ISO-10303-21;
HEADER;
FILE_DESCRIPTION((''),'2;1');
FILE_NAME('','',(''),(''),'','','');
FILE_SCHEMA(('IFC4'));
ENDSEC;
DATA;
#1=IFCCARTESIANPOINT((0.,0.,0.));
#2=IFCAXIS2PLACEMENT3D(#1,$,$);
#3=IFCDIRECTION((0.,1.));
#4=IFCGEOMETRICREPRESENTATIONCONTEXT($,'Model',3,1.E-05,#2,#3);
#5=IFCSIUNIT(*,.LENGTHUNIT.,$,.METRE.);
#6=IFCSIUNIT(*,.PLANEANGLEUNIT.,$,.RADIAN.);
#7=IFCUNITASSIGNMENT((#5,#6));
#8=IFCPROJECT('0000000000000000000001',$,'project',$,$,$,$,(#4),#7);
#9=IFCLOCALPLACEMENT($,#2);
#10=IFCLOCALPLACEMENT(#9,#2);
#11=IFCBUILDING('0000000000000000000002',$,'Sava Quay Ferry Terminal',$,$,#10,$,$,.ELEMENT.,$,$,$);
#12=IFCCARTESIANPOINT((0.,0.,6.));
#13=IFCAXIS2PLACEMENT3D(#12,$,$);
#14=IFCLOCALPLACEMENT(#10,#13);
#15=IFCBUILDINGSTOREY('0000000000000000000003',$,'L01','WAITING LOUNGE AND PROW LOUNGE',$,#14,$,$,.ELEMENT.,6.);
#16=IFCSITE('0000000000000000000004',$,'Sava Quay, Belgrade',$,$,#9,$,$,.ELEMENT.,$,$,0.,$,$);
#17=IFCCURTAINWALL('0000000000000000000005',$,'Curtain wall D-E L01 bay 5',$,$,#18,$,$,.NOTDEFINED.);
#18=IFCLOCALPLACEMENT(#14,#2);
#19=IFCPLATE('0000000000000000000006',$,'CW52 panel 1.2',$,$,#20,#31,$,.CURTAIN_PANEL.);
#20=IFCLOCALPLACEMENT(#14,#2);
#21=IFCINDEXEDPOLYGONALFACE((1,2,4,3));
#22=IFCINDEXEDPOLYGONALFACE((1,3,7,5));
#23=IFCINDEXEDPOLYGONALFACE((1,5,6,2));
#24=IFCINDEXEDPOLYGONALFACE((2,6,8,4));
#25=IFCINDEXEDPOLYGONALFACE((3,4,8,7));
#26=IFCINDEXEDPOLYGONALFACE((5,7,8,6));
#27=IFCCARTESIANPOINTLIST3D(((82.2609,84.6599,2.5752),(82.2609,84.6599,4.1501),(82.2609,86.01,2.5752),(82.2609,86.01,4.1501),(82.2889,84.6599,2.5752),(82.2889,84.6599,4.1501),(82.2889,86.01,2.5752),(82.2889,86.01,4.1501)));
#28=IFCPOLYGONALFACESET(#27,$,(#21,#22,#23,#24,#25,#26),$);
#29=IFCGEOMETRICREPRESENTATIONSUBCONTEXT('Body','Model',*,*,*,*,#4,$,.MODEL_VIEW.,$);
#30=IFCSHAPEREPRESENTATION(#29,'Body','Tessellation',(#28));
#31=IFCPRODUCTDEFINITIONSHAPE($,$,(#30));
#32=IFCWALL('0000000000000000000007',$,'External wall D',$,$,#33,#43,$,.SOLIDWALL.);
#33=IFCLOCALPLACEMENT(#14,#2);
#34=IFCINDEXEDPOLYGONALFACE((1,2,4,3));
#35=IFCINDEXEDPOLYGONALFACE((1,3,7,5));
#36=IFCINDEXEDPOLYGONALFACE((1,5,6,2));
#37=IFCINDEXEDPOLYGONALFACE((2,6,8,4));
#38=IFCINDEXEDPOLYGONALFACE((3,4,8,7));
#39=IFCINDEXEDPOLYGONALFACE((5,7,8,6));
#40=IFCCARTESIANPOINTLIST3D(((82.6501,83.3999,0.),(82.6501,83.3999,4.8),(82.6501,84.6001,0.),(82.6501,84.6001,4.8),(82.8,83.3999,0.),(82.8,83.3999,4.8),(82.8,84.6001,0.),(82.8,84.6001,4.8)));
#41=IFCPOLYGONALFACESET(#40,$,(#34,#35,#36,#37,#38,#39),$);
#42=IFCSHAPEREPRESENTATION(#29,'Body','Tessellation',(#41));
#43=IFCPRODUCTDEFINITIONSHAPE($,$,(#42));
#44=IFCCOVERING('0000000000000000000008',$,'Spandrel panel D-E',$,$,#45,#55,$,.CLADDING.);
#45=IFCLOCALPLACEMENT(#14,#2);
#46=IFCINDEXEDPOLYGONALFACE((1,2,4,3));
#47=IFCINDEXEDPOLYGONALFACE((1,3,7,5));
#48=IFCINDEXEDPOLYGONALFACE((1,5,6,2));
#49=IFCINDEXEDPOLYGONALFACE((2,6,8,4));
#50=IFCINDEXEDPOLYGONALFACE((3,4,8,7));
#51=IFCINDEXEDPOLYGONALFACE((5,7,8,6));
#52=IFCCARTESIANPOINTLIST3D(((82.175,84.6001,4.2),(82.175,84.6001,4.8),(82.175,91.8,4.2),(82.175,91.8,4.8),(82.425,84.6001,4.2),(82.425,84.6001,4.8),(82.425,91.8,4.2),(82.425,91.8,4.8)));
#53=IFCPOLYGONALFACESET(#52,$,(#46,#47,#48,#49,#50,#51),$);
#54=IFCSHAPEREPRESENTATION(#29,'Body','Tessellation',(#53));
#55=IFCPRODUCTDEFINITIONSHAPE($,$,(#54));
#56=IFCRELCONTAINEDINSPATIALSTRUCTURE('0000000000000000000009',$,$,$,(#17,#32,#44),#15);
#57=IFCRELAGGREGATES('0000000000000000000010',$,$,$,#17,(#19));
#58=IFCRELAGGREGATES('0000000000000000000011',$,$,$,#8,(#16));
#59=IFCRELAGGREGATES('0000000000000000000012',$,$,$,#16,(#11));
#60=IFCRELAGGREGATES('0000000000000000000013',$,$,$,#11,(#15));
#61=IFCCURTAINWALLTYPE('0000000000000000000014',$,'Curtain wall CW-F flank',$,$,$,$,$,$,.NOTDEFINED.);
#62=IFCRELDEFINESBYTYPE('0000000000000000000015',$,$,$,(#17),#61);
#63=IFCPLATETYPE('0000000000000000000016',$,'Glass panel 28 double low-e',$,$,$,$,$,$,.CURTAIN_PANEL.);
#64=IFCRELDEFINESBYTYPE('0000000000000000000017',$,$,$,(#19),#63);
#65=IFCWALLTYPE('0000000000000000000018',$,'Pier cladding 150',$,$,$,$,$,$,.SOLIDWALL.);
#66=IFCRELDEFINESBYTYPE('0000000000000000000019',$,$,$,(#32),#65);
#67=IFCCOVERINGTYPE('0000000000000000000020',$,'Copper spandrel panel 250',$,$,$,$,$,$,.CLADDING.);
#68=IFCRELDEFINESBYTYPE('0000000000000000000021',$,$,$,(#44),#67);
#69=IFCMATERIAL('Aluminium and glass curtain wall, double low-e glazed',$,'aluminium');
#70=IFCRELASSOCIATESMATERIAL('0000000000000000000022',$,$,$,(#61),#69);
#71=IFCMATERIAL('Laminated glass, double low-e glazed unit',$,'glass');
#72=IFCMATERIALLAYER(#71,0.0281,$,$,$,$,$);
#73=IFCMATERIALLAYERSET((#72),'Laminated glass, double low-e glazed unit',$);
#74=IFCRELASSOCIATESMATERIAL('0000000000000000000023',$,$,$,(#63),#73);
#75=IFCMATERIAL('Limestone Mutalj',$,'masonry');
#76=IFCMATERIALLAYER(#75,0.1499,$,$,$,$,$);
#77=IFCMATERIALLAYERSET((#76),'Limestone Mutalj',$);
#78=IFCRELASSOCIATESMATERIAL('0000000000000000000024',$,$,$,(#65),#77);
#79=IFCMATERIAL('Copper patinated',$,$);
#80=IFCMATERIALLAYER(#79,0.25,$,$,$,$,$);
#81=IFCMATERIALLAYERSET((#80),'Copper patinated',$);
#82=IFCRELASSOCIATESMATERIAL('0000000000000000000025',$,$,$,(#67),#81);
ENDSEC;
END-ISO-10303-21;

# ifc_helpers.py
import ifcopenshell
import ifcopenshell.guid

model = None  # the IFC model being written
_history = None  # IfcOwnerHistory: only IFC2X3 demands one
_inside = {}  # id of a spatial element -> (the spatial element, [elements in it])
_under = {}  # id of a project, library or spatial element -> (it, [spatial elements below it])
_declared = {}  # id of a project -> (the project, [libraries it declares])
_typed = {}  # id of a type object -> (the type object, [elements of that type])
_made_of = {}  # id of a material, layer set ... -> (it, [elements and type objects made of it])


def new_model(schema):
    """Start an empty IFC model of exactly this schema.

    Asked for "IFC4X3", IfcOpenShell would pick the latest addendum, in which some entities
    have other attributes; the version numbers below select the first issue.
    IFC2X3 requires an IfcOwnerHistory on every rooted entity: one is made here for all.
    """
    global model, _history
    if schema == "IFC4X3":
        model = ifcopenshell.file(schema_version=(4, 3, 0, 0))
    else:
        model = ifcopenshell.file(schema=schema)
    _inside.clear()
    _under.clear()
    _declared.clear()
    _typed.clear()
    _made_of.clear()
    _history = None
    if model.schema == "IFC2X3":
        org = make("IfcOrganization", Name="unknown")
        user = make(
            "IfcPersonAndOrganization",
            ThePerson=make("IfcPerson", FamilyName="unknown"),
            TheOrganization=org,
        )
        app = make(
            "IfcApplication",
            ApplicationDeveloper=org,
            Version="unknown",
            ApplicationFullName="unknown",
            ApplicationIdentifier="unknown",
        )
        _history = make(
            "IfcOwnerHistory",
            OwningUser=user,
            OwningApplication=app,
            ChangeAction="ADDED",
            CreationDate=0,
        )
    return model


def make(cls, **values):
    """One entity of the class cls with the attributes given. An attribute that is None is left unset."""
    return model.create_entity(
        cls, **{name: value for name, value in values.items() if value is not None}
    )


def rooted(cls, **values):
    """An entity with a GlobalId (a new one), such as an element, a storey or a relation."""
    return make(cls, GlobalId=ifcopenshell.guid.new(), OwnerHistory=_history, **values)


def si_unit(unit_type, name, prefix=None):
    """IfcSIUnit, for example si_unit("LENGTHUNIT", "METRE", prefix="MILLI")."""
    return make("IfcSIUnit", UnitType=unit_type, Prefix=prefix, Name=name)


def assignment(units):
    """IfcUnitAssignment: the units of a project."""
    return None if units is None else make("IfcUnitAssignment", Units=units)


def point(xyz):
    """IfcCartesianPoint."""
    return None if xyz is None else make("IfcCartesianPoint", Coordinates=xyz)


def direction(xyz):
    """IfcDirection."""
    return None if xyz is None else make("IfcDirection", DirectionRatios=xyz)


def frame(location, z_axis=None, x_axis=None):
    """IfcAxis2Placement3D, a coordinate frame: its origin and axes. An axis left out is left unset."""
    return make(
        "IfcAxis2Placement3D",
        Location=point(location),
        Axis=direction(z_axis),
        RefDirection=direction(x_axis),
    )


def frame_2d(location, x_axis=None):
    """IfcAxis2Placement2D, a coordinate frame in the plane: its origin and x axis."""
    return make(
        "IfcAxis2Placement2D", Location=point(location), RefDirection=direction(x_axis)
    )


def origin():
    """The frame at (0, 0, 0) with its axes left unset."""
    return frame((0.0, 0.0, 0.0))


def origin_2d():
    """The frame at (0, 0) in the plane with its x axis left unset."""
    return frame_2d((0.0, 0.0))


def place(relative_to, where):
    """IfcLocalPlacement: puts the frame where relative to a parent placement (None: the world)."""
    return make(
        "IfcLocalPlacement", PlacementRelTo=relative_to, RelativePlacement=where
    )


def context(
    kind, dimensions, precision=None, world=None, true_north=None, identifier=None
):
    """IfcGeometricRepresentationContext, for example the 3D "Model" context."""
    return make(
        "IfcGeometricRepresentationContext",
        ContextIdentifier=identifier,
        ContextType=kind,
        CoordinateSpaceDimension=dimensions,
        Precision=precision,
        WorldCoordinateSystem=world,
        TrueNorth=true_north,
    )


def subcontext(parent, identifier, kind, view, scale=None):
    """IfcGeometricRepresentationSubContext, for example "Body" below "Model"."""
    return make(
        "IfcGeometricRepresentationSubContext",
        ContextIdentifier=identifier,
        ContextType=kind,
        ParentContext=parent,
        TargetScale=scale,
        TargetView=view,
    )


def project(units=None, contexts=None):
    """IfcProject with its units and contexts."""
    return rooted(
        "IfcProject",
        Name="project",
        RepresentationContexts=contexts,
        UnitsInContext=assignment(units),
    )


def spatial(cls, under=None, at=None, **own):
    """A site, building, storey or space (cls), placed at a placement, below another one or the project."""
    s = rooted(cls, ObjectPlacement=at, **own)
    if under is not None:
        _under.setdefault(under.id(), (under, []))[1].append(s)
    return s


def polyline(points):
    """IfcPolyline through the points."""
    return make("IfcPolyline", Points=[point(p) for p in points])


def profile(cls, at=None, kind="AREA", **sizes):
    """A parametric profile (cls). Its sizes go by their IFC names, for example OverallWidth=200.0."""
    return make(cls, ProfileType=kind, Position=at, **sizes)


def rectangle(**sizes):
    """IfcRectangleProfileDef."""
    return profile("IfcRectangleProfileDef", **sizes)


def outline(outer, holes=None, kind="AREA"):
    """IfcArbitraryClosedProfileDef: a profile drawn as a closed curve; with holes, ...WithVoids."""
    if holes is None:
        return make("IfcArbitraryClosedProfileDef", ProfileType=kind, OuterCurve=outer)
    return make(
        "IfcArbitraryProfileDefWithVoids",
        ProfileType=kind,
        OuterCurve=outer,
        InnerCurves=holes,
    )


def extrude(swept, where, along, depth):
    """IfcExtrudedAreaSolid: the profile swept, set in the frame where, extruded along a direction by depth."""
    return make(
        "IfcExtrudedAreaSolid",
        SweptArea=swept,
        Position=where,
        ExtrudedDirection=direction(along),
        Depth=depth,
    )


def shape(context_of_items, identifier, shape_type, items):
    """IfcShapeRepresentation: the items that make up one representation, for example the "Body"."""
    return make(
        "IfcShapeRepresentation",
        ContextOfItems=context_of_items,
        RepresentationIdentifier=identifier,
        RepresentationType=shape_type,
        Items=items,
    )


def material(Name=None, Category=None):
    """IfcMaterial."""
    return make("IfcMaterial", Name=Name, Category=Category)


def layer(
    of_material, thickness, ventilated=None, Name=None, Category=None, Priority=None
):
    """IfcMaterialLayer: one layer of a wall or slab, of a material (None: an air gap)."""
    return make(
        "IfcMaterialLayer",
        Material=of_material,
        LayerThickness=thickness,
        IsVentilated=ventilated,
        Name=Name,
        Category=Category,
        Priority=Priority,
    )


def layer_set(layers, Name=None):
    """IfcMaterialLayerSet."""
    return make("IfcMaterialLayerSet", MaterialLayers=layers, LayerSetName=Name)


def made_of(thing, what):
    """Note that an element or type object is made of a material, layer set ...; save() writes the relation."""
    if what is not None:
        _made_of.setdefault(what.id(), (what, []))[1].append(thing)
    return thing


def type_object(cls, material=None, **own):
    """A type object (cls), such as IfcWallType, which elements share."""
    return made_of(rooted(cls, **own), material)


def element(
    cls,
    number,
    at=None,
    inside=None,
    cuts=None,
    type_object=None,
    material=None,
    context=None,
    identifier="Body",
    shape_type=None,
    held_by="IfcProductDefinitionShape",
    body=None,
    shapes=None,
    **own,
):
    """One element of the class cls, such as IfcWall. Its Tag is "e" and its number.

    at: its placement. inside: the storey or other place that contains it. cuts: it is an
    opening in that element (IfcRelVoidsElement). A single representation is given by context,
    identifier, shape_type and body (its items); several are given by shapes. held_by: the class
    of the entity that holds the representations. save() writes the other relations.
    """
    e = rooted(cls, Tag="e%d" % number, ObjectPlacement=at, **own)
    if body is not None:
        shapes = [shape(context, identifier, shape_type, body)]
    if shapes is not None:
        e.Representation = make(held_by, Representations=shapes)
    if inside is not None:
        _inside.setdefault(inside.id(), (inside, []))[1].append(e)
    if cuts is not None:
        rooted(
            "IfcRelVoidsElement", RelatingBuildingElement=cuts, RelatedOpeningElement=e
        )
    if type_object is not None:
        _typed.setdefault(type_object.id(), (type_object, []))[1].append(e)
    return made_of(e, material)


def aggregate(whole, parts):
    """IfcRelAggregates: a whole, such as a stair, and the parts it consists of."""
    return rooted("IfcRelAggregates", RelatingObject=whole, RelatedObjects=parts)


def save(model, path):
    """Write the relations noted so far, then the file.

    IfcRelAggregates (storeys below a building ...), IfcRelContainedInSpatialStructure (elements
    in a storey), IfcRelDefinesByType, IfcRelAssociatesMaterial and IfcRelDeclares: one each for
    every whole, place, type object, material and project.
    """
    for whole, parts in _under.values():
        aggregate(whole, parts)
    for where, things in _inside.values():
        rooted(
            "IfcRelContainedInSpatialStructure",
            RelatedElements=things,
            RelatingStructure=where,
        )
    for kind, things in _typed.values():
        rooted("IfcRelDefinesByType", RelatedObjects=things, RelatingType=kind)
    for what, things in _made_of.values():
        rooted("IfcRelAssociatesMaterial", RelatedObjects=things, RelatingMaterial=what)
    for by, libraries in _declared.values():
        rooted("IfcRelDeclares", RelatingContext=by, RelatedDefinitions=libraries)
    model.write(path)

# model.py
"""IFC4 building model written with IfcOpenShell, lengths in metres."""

from ifc_helpers import new_model, si_unit, direction, frame, frame_2d, origin, origin_2d, place, context, subcontext, project, spatial, polyline, rectangle, outline, extrude, material, layer, layer_set, type_object, element, aggregate, save


model = new_model("IFC4")

# Units and contexts
model_context = context("Model", 3, precision=1e-05, world=origin(), true_north=direction((0.0, 1.0)))
body_context = subcontext(model_context, "Body", "Model", "MODEL_VIEW")
ifc_project = project(units=[si_unit("LENGTHUNIT", "METRE"), si_unit("PLANEANGLEUNIT", "RADIAN")], contexts=[model_context])

# Site, building, storey
site_placement = place(None, origin())
site = spatial("IfcSite", under=ifc_project, at=site_placement, Name="Sava Quay, Belgrade", CompositionType="ELEMENT", RefElevation=0.0)
building_placement = place(site_placement, origin())
building = spatial("IfcBuilding", under=site, at=building_placement, Name="Sava Quay Ferry Terminal", CompositionType="ELEMENT")
storey_placement = place(building_placement, frame((0.0, 0.0, 6.0)))
storey = spatial("IfcBuildingStorey", under=building, at=storey_placement, Name="L01", Description="WAITING LOUNGE AND PROW LOUNGE", CompositionType="ELEMENT", Elevation=6.0)

# Curtain wall
ifc_material_1 = material(Name="Aluminium and glass curtain wall, double low-e glazed", Category="aluminium")
curtain_wall_type = type_object("IfcCurtainWallType", Name="Curtain wall CW-F flank", PredefinedType="NOTDEFINED", material=ifc_material_1)
curtain_wall_1_placement = place(storey_placement, origin())
curtain_wall_1 = element("IfcCurtainWall", 1, at=curtain_wall_1_placement, inside=storey, type_object=curtain_wall_type, Name="Curtain wall D-E L01 bay 5", PredefinedType="NOTDEFINED")

# Plate
ifc_material_2 = material(Name="Laminated glass, double low-e glazed unit", Category="glass")
ifc_layer_1 = layer(ifc_material_2, 0.0281)
ifc_layer_set_1 = layer_set([ifc_layer_1], Name="Laminated glass, double low-e glazed unit")
plate_type = type_object("IfcPlateType", Name="Glass panel 28 double low-e", PredefinedType="CURTAIN_PANEL", material=ifc_layer_set_1)
plate_1_placement = place(storey_placement, frame((82.2749, 85.335, 2.5752), z_axis=(0.0, 0.0, 1.0), x_axis=(0.0, 1.0, 0.0)))
plate_1 = element("IfcPlate", 2, at=plate_1_placement, type_object=plate_type, Name="CW52 panel 1.2", PredefinedType="CURTAIN_PANEL", context=body_context, shape_type="SweptSolid", body=[
    extrude(rectangle(XDim=1.3501, YDim=0.0281, at=origin_2d()), origin(), (0.0, 0.0, 1.0), 1.575),
])
aggregate(curtain_wall_1, [plate_1])

# Wall
ifc_material_3 = material(Name="Limestone Mutalj", Category="masonry")
ifc_layer_2 = layer(ifc_material_3, 0.1499)
ifc_layer_set_2 = layer_set([ifc_layer_2], Name="Limestone Mutalj")
wall_type = type_object("IfcWallType", Name="Pier cladding 150", PredefinedType="SOLIDWALL", material=ifc_layer_set_2)
wall_placement = place(storey_placement, frame((82.7251, 83.3999, 0.0), z_axis=(0.0, 0.0, 1.0), x_axis=(0.0, 1.0, 0.0)))
element("IfcWall", 3, at=wall_placement, inside=storey, type_object=wall_type, Name="External wall D", PredefinedType="SOLIDWALL", context=body_context, shape_type="SweptSolid", body=[
    extrude(rectangle(XDim=1.2002, YDim=0.1499, at=frame_2d((0.6001, 0.0))), origin(), (0.0, 0.0, 1.0), 4.8),
])

# Covering
ifc_material_4 = material(Name="Copper patinated")
ifc_layer_3 = layer(ifc_material_4, 0.25)
ifc_layer_set_3 = layer_set([ifc_layer_3], Name="Copper patinated")
covering_type = type_object("IfcCoveringType", Name="Copper spandrel panel 250", PredefinedType="CLADDING", material=ifc_layer_set_3)
covering_placement = place(storey_placement, frame((82.3, 84.6001, 4.2), z_axis=(0.0, 0.0, 1.0), x_axis=(0.0, 1.0, 0.0)))
element("IfcCovering", 4, at=covering_placement, inside=storey, type_object=covering_type, Name="Spandrel panel D-E", PredefinedType="CLADDING", context=body_context, shape_type="SweptSolid", body=[
    extrude(outline(polyline([(0.0, 0.0), (7.2, 0.0), (7.2, 0.6001), (0.0, 0.6001), (0.0, 0.0)])), frame((0.0, 0.125, 0.0), z_axis=(0.0, -1.0, 0.0), x_axis=(1.0, 0.0, 0.0)), (0.0, 0.0, 1.0), 0.25),
])

save(model, "model.ifc")
